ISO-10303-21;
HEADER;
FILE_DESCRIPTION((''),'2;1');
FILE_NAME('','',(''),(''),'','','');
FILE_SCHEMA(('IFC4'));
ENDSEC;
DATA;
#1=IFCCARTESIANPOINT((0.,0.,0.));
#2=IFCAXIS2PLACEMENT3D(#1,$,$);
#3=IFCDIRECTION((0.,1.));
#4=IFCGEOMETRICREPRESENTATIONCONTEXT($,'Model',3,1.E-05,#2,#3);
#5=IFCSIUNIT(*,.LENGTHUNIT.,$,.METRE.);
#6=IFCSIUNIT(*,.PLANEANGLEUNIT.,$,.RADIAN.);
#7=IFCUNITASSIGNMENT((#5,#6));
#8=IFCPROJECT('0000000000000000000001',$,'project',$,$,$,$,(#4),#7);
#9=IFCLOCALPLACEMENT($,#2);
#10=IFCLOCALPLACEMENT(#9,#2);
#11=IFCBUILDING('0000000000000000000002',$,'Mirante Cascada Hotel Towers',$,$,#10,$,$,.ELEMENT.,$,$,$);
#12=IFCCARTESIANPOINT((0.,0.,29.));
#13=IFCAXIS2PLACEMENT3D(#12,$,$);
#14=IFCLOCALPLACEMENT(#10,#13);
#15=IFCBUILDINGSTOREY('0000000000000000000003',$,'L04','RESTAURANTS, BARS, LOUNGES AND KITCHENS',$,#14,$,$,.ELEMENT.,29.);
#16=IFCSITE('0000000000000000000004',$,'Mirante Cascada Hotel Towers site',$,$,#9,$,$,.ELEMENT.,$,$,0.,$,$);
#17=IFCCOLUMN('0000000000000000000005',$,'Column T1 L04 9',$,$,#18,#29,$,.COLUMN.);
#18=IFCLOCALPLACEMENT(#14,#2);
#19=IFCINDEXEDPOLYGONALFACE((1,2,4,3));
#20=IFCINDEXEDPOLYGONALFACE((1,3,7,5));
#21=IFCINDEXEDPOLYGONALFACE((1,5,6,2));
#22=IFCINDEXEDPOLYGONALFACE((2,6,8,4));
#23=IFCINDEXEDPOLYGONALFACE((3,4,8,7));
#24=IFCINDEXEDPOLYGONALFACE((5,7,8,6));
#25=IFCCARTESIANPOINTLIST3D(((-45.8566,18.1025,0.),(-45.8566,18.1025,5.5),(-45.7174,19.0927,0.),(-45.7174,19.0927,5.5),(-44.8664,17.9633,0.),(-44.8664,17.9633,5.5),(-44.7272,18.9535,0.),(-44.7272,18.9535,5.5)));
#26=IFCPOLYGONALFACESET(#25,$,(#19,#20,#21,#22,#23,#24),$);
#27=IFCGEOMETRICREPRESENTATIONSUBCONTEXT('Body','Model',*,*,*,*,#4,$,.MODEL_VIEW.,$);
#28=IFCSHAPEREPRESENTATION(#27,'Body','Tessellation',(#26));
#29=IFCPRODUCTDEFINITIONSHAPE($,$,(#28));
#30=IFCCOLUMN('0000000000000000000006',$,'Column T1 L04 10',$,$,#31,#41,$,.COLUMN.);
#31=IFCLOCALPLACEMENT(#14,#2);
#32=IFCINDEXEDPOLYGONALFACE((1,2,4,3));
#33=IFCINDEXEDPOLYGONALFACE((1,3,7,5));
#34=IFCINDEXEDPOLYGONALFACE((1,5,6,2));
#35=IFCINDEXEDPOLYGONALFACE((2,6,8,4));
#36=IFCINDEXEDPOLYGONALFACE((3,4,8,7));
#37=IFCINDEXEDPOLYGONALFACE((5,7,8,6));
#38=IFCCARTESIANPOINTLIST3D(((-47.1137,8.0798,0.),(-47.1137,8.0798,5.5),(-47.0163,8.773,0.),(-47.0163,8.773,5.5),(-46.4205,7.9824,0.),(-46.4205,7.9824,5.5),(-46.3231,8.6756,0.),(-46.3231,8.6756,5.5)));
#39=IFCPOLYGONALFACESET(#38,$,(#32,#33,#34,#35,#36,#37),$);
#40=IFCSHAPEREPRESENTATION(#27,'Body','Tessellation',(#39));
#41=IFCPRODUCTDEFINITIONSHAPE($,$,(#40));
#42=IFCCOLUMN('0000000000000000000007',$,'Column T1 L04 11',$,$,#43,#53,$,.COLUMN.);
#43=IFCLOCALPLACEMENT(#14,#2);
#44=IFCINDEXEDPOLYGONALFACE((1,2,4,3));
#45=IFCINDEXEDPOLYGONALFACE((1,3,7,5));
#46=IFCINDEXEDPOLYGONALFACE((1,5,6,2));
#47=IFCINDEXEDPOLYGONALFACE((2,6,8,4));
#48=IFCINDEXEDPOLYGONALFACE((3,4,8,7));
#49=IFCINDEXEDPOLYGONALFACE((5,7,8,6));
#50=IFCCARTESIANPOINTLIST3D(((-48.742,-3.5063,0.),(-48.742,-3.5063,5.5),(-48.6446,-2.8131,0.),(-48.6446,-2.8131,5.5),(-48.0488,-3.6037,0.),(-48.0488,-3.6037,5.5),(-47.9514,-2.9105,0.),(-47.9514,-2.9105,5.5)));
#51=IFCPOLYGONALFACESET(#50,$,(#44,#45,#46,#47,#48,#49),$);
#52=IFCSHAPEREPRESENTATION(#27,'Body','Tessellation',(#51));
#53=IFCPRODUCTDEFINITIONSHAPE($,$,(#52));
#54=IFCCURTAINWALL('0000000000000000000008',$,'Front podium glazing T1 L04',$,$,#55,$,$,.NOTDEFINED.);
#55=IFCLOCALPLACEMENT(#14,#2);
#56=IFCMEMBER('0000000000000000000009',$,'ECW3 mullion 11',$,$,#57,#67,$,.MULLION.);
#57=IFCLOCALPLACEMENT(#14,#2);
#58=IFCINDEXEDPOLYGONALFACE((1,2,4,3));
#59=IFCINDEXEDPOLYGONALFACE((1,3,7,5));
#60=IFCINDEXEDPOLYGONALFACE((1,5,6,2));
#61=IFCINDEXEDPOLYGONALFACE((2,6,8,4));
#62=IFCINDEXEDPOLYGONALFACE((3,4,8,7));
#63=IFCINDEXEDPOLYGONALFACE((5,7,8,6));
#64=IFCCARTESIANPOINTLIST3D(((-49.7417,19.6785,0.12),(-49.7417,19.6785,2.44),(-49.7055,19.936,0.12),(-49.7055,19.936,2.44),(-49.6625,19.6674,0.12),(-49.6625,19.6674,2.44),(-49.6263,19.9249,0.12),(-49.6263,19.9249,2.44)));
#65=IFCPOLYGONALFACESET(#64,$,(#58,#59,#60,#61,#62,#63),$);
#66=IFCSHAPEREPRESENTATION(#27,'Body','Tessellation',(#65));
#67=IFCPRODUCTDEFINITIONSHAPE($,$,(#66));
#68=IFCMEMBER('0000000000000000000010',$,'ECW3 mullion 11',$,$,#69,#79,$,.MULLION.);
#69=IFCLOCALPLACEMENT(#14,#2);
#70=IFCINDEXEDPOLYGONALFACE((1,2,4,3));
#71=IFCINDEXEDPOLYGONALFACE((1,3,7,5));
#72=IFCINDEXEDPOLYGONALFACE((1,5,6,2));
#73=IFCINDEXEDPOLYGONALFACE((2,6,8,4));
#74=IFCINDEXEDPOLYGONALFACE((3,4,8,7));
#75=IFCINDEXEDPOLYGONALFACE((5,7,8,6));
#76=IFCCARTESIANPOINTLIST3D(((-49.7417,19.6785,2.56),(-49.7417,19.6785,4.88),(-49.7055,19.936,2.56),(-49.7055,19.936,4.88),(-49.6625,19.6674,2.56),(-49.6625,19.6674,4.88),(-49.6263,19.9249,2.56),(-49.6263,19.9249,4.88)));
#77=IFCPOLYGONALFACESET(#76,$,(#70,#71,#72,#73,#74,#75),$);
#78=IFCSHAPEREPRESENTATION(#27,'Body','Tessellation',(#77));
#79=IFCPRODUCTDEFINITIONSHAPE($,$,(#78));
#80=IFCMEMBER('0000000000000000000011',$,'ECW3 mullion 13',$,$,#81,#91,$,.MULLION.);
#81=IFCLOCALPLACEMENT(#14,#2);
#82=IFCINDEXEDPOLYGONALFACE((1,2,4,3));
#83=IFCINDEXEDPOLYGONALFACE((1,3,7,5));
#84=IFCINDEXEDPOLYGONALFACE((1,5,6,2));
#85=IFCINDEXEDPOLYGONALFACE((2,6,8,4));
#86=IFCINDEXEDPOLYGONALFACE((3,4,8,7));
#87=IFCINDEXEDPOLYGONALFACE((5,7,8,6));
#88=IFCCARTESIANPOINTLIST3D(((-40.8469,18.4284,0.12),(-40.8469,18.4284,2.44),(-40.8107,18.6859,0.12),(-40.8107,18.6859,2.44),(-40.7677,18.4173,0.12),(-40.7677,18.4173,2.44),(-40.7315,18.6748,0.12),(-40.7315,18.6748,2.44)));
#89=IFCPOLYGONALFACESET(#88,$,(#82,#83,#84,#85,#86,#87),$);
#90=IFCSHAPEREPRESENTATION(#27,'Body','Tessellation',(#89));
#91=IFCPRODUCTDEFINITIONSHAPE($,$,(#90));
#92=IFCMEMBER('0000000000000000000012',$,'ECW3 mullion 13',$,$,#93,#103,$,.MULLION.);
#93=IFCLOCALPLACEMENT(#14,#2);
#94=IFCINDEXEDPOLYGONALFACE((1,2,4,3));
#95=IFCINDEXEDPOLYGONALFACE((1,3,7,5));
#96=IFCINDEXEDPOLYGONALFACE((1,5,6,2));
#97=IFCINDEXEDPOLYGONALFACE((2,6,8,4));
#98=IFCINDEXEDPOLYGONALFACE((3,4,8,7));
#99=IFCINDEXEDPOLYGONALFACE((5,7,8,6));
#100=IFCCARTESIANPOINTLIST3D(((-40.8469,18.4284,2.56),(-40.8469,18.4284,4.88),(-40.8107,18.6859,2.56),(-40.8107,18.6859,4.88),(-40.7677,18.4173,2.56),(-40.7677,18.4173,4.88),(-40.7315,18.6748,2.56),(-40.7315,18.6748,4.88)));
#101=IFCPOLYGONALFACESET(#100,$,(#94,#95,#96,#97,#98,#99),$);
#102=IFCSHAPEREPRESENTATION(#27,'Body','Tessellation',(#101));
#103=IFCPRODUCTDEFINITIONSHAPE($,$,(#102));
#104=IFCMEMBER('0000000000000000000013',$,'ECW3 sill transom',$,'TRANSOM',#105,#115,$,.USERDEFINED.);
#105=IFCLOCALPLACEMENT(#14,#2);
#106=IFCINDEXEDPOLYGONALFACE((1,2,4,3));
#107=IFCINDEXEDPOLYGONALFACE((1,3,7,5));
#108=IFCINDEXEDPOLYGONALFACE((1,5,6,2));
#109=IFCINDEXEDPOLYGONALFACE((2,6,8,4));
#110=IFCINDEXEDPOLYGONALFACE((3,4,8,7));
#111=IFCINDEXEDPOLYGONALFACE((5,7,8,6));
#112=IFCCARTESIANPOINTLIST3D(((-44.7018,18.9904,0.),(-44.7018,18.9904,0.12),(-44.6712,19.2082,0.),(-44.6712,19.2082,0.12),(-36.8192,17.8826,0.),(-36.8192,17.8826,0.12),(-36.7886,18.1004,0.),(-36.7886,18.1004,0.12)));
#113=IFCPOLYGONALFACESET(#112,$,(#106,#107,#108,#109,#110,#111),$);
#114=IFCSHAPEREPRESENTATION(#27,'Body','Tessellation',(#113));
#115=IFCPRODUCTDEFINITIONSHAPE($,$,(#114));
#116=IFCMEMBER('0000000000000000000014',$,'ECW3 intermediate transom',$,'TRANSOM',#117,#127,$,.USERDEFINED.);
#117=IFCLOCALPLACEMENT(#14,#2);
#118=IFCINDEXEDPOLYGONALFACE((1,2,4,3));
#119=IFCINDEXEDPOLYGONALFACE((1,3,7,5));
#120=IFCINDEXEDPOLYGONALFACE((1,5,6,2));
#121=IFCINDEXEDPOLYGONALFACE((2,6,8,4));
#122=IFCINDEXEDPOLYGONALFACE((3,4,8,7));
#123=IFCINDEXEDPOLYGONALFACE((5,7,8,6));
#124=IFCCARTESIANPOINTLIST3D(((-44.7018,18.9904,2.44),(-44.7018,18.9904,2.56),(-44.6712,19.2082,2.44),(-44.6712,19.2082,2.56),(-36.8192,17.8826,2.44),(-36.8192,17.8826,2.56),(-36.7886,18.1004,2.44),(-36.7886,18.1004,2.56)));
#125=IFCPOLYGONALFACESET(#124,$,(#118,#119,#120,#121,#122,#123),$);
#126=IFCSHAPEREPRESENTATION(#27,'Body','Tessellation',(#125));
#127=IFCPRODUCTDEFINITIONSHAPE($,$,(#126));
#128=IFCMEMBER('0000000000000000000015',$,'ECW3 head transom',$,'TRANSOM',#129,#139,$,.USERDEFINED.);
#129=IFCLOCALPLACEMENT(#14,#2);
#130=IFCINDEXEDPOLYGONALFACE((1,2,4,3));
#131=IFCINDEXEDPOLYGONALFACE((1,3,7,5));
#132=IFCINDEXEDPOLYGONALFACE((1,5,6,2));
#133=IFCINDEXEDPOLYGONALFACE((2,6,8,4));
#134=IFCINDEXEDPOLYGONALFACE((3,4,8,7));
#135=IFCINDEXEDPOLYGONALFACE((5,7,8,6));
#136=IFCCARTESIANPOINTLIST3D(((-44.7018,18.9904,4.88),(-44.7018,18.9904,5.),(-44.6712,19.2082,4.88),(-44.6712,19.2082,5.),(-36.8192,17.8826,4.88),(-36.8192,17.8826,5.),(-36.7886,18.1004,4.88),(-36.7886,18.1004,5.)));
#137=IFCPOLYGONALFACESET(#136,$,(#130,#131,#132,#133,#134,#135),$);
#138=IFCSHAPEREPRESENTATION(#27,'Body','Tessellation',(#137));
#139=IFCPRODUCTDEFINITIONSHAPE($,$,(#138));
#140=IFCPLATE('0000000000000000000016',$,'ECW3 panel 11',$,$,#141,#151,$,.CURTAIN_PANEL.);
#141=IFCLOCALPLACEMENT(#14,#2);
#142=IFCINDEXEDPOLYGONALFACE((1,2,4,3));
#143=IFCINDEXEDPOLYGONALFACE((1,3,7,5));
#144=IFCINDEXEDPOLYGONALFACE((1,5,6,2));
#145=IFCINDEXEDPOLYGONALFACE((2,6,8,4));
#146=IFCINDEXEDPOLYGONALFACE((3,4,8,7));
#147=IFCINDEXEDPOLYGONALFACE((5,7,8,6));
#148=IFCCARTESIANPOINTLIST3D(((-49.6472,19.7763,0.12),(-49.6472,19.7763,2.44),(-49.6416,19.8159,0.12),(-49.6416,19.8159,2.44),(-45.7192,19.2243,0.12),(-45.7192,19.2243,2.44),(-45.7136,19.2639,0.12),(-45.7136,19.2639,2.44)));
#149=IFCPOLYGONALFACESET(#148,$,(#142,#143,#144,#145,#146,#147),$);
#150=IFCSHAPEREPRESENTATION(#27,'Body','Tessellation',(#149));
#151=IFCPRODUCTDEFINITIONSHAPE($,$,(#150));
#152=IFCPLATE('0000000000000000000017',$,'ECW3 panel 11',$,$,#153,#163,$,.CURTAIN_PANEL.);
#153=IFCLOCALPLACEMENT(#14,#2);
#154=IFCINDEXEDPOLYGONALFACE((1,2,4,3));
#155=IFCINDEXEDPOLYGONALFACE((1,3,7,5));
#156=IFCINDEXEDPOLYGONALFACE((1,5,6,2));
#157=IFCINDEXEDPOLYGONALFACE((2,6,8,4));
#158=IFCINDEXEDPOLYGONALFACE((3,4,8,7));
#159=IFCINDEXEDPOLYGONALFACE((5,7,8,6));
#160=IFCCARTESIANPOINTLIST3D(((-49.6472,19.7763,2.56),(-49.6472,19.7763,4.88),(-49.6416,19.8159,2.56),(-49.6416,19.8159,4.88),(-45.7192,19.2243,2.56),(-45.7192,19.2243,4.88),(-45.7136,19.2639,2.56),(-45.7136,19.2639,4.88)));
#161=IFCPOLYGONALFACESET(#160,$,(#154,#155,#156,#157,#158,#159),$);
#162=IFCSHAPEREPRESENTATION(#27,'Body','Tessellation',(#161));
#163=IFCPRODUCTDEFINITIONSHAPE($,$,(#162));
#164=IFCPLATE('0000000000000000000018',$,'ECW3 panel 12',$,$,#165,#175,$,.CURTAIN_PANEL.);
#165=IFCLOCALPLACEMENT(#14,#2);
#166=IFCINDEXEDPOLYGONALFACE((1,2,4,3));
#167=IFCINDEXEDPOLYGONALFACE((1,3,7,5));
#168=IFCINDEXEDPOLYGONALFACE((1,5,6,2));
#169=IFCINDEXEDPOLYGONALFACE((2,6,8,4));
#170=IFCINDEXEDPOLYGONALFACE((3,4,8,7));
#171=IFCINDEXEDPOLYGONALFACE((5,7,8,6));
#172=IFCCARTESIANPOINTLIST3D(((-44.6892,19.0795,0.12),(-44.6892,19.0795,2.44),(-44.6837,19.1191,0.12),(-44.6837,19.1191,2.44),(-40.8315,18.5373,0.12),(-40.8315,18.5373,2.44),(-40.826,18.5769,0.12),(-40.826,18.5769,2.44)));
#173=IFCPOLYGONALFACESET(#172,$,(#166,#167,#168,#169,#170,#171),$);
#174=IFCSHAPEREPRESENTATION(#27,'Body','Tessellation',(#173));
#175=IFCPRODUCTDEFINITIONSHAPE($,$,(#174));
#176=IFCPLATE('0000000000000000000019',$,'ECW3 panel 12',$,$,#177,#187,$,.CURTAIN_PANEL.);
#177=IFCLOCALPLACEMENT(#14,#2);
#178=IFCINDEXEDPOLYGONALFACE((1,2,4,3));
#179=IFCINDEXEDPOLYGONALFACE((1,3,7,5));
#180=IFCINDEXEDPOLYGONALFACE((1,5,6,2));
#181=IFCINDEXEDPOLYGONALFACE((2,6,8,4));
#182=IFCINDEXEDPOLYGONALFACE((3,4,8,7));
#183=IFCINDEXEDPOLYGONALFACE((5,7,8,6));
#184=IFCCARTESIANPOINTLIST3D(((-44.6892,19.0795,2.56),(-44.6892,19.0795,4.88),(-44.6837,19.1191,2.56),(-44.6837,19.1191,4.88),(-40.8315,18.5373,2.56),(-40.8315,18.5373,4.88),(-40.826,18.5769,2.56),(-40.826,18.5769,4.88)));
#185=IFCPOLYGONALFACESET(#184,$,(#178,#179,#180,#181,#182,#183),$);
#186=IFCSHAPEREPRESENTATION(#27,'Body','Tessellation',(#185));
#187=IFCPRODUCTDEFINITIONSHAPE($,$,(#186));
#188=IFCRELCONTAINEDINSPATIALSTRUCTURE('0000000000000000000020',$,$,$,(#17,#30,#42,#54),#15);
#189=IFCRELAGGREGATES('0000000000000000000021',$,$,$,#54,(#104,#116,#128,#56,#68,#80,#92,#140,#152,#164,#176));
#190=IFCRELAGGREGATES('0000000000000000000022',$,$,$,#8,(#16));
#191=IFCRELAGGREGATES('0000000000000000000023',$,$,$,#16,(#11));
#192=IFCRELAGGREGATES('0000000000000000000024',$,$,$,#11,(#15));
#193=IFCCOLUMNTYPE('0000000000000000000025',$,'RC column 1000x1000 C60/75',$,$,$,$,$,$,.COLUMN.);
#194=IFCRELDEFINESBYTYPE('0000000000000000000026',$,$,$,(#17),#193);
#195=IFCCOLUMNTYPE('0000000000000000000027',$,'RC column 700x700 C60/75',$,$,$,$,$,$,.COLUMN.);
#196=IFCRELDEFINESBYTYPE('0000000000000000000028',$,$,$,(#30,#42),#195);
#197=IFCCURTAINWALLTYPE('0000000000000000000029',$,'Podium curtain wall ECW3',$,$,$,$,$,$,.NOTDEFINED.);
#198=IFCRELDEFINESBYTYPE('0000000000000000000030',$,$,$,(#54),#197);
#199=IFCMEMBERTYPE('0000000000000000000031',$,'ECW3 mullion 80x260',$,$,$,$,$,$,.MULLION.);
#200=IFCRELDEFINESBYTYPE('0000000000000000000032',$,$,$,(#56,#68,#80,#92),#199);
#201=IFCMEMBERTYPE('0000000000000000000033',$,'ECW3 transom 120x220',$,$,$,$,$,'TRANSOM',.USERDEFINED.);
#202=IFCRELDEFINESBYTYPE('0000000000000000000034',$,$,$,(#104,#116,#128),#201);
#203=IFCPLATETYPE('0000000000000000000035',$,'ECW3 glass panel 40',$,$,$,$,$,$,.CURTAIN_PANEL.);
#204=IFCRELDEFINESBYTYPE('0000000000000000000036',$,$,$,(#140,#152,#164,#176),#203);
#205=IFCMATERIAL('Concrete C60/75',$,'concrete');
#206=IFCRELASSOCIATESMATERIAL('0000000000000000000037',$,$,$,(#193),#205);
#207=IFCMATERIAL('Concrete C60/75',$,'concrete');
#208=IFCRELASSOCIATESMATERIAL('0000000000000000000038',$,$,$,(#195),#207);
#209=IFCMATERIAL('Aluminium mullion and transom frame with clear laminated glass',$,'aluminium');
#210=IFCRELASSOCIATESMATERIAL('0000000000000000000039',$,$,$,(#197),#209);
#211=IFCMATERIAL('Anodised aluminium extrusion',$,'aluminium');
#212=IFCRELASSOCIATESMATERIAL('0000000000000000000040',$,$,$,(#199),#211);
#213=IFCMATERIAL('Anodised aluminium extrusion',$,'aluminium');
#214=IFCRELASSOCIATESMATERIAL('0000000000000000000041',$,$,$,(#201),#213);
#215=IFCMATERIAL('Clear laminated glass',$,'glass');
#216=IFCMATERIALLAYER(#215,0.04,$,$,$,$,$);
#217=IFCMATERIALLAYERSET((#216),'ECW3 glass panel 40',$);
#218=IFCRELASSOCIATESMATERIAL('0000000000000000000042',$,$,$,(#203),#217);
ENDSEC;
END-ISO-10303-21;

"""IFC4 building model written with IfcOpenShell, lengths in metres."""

from ifc_helpers import new_model, si_unit, direction, frame, origin, origin_2d, place, context, subcontext, project, spatial, rectangle, extrude, material, layer, layer_set, material_profile, profile_set, type_object, element, aggregate, save


model = new_model("IFC4")

# Units and contexts
model_context = context("Model", 3, precision=1e-05, world=origin(), true_north=direction((0.0, 1.0)))
body_context = subcontext(model_context, "Body", "Model", "MODEL_VIEW")
ifc_project = project(units=[si_unit("LENGTHUNIT", "METRE"), si_unit("PLANEANGLEUNIT", "RADIAN")], contexts=[model_context])

# Site, building, storey
site_placement = place(None, origin())
site = spatial("IfcSite", under=ifc_project, at=site_placement, Name="Mirante Cascada Hotel Towers site", CompositionType="ELEMENT", RefElevation=0.0)
building_placement = place(site_placement, origin())
building = spatial("IfcBuilding", under=site, at=building_placement, Name="Mirante Cascada Hotel Towers", CompositionType="ELEMENT")
storey_placement = place(building_placement, frame((0.0, 0.0, 29.0)))
storey = spatial("IfcBuildingStorey", under=building, at=storey_placement, Name="L04", Description="RESTAURANTS, BARS, LOUNGES AND KITCHENS", CompositionType="ELEMENT", Elevation=29.0)

# Columns
ifc_material_1 = material(Name="Concrete C60/75", Category="concrete")
ifc_material_profile_1 = material_profile(ifc_material_1, rectangle(XDim=1.0, YDim=1.0, at=origin_2d()), Name="RC column 1000x1000 C60/75")
ifc_profile_set_1 = profile_set([ifc_material_profile_1], Name="Concrete C60/75")
column_type_1 = type_object("IfcColumnType", Name="RC column 1000x1000 C60/75", PredefinedType="COLUMN", material=ifc_profile_set_1)
column_placement = place(storey_placement, frame((-45.2919, 18.528, 0.0), z_axis=(0.0, 0.0, 1.0), x_axis=(-0.990268, 0.139173, 0.0)))
element("IfcColumn", 1, at=column_placement, inside=storey, type_object=column_type_1, Name="Column T1 L04 9", PredefinedType="COLUMN", context=body_context, shape_type="SweptSolid", body=[
    extrude(rectangle(XDim=1.0, YDim=1.0, at=origin_2d()), origin(), (0.0, 0.0, 1.0), 5.5),
])
ifc_material_2 = material(Name="Concrete C60/75", Category="concrete")
ifc_material_profile_2 = material_profile(ifc_material_2, rectangle(XDim=0.7, YDim=0.7, at=origin_2d()), Name="RC column 700x700 C60/75")
ifc_profile_set_2 = profile_set([ifc_material_profile_2], Name="Concrete C60/75")
column_type_2 = type_object("IfcColumnType", Name="RC column 700x700 C60/75", PredefinedType="COLUMN", material=ifc_profile_set_2)
for number, where, z_axis, x_axis, name in (
    (2, (-46.7184, 8.3777, 0.0), (0.0, 0.0, 1.0), (-0.990268, 0.139173, 0.0), "Column T1 L04 10"),
    (3, (-48.3467, -3.2084, 0.0), (0.0, 0.0, 1.0), (-0.990268, 0.139173, 0.0), "Column T1 L04 11"),
):
    element("IfcColumn", number, at=place(storey_placement, frame(where, z_axis=z_axis, x_axis=x_axis)), inside=storey, type_object=column_type_2, Name=name, PredefinedType="COLUMN", context=body_context, shape_type="SweptSolid", body=[
        extrude(rectangle(XDim=0.7, YDim=0.7, at=origin_2d()), origin(), (0.0, 0.0, 1.0), 5.5),
    ])

# Curtain wall, members, plates
ifc_material_3 = material(Name="Aluminium mullion and transom frame with clear laminated glass", Category="aluminium")
curtain_wall_type = type_object("IfcCurtainWallType", Name="Podium curtain wall ECW3", PredefinedType="NOTDEFINED", material=ifc_material_3)
curtain_wall_placement = place(storey_placement, origin())
curtain_wall = element("IfcCurtainWall", 4, at=curtain_wall_placement, inside=storey, type_object=curtain_wall_type, Name="Front podium glazing T1 L04", PredefinedType="NOTDEFINED")
ifc_material_4 = material(Name="Anodised aluminium extrusion", Category="aluminium")
ifc_material_profile_3 = material_profile(ifc_material_4, rectangle(XDim=0.26, YDim=0.08, at=origin_2d()), Name="ECW3 MULLION 80x260")
ifc_profile_set_3 = profile_set([ifc_material_profile_3], Name="Anodised aluminium extrusion")
member_type_1 = type_object("IfcMemberType", Name="ECW3 mullion 80x260", PredefinedType="MULLION", material=ifc_profile_set_3)
member_1_placement = place(storey_placement, frame((-49.684, 19.8017, 0.12), z_axis=(0.0, 0.0, 1.0), x_axis=(0.139173, 0.990268, 0.0)))
member_1 = element("IfcMember", 5, at=member_1_placement, type_object=member_type_1, Name="ECW3 mullion 11", PredefinedType="MULLION", context=body_context, shape_type="SweptSolid", body=[
    extrude(rectangle(XDim=0.26, YDim=0.08, at=origin_2d()), origin(), (0.0, 0.0, 1.0), 2.32),
])
member_2_placement = place(storey_placement, frame((-49.684, 19.8017, 2.56), z_axis=(0.0, 0.0, 1.0), x_axis=(0.139173, 0.990268, 0.0)))
member_2 = element("IfcMember", 6, at=member_2_placement, type_object=member_type_1, Name="ECW3 mullion 11", PredefinedType="MULLION", context=body_context, shape_type="SweptSolid", body=[
    extrude(rectangle(XDim=0.26, YDim=0.08, at=origin_2d()), origin(), (0.0, 0.0, 1.0), 2.32),
])
member_3_placement = place(storey_placement, frame((-40.7892, 18.5516, 0.12), z_axis=(0.0, 0.0, 1.0), x_axis=(0.139173, 0.990268, 0.0)))
member_3 = element("IfcMember", 7, at=member_3_placement, type_object=member_type_1, Name="ECW3 mullion 13", PredefinedType="MULLION", context=body_context, shape_type="SweptSolid", body=[
    extrude(rectangle(XDim=0.26, YDim=0.08, at=origin_2d()), origin(), (0.0, 0.0, 1.0), 2.32),
])
member_4_placement = place(storey_placement, frame((-40.7892, 18.5516, 2.56), z_axis=(0.0, 0.0, 1.0), x_axis=(0.139173, 0.990268, 0.0)))
member_4 = element("IfcMember", 8, at=member_4_placement, type_object=member_type_1, Name="ECW3 mullion 13", PredefinedType="MULLION", context=body_context, shape_type="SweptSolid", body=[
    extrude(rectangle(XDim=0.26, YDim=0.08, at=origin_2d()), origin(), (0.0, 0.0, 1.0), 2.32),
])
ifc_material_5 = material(Name="Anodised aluminium extrusion", Category="aluminium")
ifc_material_profile_4 = material_profile(ifc_material_5, rectangle(XDim=0.22, YDim=0.12, at=origin_2d()), Name="ECW3 TRANSOM 120x220")
ifc_profile_set_4 = profile_set([ifc_material_profile_4], Name="Anodised aluminium extrusion")
member_type_2 = type_object("IfcMemberType", Name="ECW3 transom 120x220", ElementType="TRANSOM", PredefinedType="USERDEFINED", material=ifc_profile_set_4)
member_5_placement = place(storey_placement, frame((-44.6865, 19.0993, 0.06), z_axis=(0.990268, -0.13917, 0.0), x_axis=(0.13917, 0.990268, 0.0)))
member_5 = element("IfcMember", 9, at=member_5_placement, type_object=member_type_2, Name="ECW3 sill transom", ObjectType="TRANSOM", PredefinedType="USERDEFINED", context=body_context, shape_type="SweptSolid", body=[
    extrude(rectangle(XDim=0.22, YDim=0.12, at=origin_2d()), origin(), (0.0, 0.0, 1.0), 7.9601),
])
member_6_placement = place(storey_placement, frame((-44.6865, 19.0993, 2.5), z_axis=(0.990268, -0.13917, 0.0), x_axis=(0.13917, 0.990268, 0.0)))
member_6 = element("IfcMember", 10, at=member_6_placement, type_object=member_type_2, Name="ECW3 intermediate transom", ObjectType="TRANSOM", PredefinedType="USERDEFINED", context=body_context, shape_type="SweptSolid", body=[
    extrude(rectangle(XDim=0.22, YDim=0.12, at=origin_2d()), origin(), (0.0, 0.0, 1.0), 7.9601),
])
member_7_placement = place(storey_placement, frame((-44.6865, 19.0993, 4.94), z_axis=(0.990268, -0.13917, 0.0), x_axis=(0.13917, 0.990268, 0.0)))
member_7 = element("IfcMember", 11, at=member_7_placement, type_object=member_type_2, Name="ECW3 head transom", ObjectType="TRANSOM", PredefinedType="USERDEFINED", context=body_context, shape_type="SweptSolid", body=[
    extrude(rectangle(XDim=0.22, YDim=0.12, at=origin_2d()), origin(), (0.0, 0.0, 1.0), 7.9601),
])
ifc_material_6 = material(Name="Clear laminated glass", Category="glass")
ifc_layer_1 = layer(ifc_material_6, 0.04)
ifc_layer_set_1 = layer_set([ifc_layer_1], Name="ECW3 glass panel 40")
plate_type = type_object("IfcPlateType", Name="ECW3 glass panel 40", PredefinedType="CURTAIN_PANEL", material=ifc_layer_set_1)
plate_1_placement = place(storey_placement, frame((-47.6804, 19.5201, 0.12), z_axis=(0.0, 0.0, 1.0), x_axis=(0.990268, -0.139173, 0.0)))
plate_1 = element("IfcPlate", 12, at=plate_1_placement, type_object=plate_type, Name="ECW3 panel 11", PredefinedType="CURTAIN_PANEL", context=body_context, shape_type="SweptSolid", body=[
    extrude(rectangle(XDim=3.9666, YDim=0.04, at=origin_2d()), origin(), (0.0, 0.0, 1.0), 2.32),
])
plate_2_placement = place(storey_placement, frame((-47.6804, 19.5201, 2.56), z_axis=(0.0, 0.0, 1.0), x_axis=(0.990268, -0.139173, 0.0)))
plate_2 = element("IfcPlate", 13, at=plate_2_placement, type_object=plate_type, Name="ECW3 panel 11", PredefinedType="CURTAIN_PANEL", context=body_context, shape_type="SweptSolid", body=[
    extrude(rectangle(XDim=3.9666, YDim=0.04, at=origin_2d()), origin(), (0.0, 0.0, 1.0), 2.32),
])
plate_3_placement = place(storey_placement, frame((-42.7576, 18.8282, 0.12), z_axis=(0.0, 0.0, 1.0), x_axis=(0.990268, -0.139173, 0.0)))
plate_3 = element("IfcPlate", 14, at=plate_3_placement, type_object=plate_type, Name="ECW3 panel 12", PredefinedType="CURTAIN_PANEL", context=body_context, shape_type="SweptSolid", body=[
    extrude(rectangle(XDim=3.8956, YDim=0.04, at=origin_2d()), origin(), (0.0, 0.0, 1.0), 2.32),
])
plate_4_placement = place(storey_placement, frame((-42.7576, 18.8282, 2.56), z_axis=(0.0, 0.0, 1.0), x_axis=(0.990268, -0.139173, 0.0)))
plate_4 = element("IfcPlate", 15, at=plate_4_placement, type_object=plate_type, Name="ECW3 panel 12", PredefinedType="CURTAIN_PANEL", context=body_context, shape_type="SweptSolid", body=[
    extrude(rectangle(XDim=3.8956, YDim=0.04, at=origin_2d()), origin(), (0.0, 0.0, 1.0), 2.32),
])
aggregate(curtain_wall, [member_5, member_6, member_7, member_1, member_2, member_3, member_4, plate_1, plate_2, plate_3, plate_4])

save(model, "model.ifc")
